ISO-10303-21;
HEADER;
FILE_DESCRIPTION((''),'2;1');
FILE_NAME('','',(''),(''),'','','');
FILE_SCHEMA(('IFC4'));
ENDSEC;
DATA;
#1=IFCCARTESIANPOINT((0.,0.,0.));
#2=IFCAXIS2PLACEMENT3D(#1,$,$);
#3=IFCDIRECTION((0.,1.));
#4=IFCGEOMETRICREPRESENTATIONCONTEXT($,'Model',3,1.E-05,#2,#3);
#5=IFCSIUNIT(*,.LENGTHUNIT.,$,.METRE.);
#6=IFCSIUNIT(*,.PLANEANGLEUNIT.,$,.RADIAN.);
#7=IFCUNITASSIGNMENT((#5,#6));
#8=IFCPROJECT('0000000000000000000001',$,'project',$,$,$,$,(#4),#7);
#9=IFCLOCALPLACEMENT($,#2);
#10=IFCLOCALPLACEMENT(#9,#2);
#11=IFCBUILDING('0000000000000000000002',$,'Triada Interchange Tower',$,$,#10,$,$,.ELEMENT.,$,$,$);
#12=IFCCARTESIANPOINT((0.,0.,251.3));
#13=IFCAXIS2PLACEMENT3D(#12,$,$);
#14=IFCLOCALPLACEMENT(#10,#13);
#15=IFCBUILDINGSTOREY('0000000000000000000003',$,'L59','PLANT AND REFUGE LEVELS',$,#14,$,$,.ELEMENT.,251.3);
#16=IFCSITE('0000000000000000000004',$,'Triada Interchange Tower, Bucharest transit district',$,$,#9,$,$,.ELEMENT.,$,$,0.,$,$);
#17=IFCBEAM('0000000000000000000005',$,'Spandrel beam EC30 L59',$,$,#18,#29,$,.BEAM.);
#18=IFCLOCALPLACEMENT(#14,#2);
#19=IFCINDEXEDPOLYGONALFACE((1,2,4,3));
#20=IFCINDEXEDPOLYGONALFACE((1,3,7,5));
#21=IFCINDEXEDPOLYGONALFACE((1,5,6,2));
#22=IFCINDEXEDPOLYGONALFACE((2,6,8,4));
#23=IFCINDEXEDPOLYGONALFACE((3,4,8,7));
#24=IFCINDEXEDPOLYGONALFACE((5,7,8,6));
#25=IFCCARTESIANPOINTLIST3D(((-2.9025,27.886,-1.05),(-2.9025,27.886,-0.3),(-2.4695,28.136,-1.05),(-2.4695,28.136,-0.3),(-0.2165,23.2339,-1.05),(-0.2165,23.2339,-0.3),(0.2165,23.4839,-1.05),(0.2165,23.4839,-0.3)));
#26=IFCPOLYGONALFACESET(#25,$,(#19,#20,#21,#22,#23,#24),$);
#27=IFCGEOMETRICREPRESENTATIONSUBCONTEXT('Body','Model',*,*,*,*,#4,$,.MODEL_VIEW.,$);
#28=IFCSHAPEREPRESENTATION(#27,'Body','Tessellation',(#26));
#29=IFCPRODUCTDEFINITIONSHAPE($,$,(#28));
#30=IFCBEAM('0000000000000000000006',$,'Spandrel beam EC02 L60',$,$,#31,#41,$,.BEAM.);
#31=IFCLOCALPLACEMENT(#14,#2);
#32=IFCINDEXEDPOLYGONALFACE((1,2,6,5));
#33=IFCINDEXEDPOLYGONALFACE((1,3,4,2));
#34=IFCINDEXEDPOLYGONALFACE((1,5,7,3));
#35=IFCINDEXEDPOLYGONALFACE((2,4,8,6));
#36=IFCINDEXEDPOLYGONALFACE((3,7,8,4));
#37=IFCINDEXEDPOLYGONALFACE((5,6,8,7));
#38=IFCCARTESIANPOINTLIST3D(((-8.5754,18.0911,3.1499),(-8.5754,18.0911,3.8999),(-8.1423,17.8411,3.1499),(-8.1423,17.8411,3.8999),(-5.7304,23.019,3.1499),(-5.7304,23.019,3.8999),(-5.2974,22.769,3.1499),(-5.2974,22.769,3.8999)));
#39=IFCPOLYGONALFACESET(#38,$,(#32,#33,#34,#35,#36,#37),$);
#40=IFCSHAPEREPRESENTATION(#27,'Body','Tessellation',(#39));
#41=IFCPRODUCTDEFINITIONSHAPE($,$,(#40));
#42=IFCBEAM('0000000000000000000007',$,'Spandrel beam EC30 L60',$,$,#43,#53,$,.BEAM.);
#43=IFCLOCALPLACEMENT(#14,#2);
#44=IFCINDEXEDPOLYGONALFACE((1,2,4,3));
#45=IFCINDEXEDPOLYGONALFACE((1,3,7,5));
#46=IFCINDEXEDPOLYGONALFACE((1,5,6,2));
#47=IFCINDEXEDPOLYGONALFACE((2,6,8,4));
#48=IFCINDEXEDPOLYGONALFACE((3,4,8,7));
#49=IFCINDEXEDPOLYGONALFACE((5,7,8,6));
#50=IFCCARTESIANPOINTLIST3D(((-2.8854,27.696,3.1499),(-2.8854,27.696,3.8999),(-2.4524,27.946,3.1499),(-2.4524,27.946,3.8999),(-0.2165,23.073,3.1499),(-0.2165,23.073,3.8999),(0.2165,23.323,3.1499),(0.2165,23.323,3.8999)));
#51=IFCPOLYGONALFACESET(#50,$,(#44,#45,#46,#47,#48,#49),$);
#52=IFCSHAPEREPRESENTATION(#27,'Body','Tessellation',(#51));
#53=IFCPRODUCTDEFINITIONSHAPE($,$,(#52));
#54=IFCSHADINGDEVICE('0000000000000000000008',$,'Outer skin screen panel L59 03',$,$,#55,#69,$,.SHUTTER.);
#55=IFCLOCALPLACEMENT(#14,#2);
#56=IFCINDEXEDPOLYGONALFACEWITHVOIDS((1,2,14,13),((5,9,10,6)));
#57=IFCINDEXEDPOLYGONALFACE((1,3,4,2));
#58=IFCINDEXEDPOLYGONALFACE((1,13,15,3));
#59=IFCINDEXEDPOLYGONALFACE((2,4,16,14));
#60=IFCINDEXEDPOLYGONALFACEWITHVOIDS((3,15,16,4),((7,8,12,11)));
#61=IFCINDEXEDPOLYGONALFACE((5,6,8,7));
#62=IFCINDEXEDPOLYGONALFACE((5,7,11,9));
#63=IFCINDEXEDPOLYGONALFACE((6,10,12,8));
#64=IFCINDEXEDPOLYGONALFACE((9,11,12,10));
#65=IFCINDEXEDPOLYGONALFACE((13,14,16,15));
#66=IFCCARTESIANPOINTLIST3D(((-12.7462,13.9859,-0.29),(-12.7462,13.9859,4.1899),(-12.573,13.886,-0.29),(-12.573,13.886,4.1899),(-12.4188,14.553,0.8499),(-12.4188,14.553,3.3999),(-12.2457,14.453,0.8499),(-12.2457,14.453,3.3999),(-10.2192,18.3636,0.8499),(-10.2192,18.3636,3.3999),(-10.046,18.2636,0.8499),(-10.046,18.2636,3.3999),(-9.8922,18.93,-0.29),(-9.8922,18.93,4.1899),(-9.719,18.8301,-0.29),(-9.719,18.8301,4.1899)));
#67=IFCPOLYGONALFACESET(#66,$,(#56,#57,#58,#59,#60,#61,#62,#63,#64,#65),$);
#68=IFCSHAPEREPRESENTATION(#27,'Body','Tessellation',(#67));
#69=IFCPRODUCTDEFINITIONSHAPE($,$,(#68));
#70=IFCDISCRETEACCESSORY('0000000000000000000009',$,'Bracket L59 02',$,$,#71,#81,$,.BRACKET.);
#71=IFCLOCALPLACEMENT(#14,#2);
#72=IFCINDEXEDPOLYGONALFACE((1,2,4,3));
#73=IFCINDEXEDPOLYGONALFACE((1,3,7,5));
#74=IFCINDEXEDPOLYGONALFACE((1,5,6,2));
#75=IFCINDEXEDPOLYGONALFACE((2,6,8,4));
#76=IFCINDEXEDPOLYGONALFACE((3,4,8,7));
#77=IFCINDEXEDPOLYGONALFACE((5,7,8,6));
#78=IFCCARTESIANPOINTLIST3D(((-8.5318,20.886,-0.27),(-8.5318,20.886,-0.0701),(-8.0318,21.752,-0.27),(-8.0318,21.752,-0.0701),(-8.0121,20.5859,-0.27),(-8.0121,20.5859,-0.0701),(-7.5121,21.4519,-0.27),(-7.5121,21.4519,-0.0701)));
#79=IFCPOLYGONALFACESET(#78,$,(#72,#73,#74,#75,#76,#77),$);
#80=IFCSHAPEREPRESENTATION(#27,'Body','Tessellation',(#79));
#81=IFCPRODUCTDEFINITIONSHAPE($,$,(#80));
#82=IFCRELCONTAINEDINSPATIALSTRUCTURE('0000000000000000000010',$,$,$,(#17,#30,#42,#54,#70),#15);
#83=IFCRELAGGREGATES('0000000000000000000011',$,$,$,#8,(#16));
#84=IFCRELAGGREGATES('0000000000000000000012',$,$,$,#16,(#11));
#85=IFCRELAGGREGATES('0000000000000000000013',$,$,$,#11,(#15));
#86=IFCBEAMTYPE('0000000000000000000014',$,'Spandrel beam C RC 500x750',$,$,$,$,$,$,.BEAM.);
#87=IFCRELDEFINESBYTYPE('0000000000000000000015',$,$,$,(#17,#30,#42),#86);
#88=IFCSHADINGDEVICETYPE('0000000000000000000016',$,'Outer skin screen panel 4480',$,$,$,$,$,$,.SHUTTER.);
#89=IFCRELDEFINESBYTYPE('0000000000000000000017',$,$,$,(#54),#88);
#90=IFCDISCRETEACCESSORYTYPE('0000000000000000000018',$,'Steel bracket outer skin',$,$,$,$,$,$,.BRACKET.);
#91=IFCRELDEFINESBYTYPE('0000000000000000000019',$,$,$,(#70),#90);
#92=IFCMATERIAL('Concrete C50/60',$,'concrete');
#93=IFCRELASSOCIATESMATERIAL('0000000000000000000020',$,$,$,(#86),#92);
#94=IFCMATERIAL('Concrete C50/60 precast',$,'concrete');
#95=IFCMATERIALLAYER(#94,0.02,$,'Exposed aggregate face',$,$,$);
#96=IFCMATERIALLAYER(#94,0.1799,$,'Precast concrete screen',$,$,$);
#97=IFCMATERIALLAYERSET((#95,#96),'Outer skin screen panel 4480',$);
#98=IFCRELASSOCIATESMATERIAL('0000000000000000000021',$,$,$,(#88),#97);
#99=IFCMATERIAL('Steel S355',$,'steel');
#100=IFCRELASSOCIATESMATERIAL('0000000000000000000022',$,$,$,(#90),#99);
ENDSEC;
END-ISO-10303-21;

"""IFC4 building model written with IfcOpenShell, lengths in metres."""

from ifc_helpers import new_model, si_unit, direction, frame, origin, origin_2d, place, context, subcontext, project, spatial, polyline, rectangle, outline, extrude, material, layer, layer_set, material_profile, profile_set, type_object, element, save


model = new_model("IFC4")

# Units and contexts
model_context = context("Model", 3, precision=1e-05, world=origin(), true_north=direction((0.0, 1.0)))
body_context = subcontext(model_context, "Body", "Model", "MODEL_VIEW")
ifc_project = project(units=[si_unit("LENGTHUNIT", "METRE"), si_unit("PLANEANGLEUNIT", "RADIAN")], contexts=[model_context])

# Site, building, storey
site_placement = place(None, origin())
site = spatial("IfcSite", under=ifc_project, at=site_placement, Name="Triada Interchange Tower, Bucharest transit district", CompositionType="ELEMENT", RefElevation=0.0)
building_placement = place(site_placement, origin())
building = spatial("IfcBuilding", under=site, at=building_placement, Name="Triada Interchange Tower", CompositionType="ELEMENT")
storey_placement = place(building_placement, frame((0.0, 0.0, 251.3)))
storey = spatial("IfcBuildingStorey", under=building, at=storey_placement, Name="L59", Description="PLANT AND REFUGE LEVELS", CompositionType="ELEMENT", Elevation=251.3)

# Shared definitions
ifc_material_1 = material(Name="Concrete C50/60", Category="concrete")

# Shared definitions
ifc_material_2 = material(Name="Steel S355", Category="steel")

# Beams
ifc_material_profile_1 = material_profile(ifc_material_1, rectangle(XDim=0.5, YDim=0.75, at=origin_2d()), Name="RC 500x750")
ifc_profile_set_1 = profile_set([ifc_material_profile_1], Name="Concrete C50/60")
beam_type_1 = type_object("IfcBeamType", Name="Spandrel beam C RC 500x750", PredefinedType="BEAM", material=ifc_profile_set_1)
beam_1_placement = place(storey_placement, frame((0.0, 23.3589, -0.675), z_axis=(-0.50002, 0.866014, 0.0), x_axis=(-0.866014, -0.50002, 0.0)))
element("IfcBeam", 1, at=beam_1_placement, inside=storey, type_object=beam_type_1, Name="Spandrel beam EC30 L59", PredefinedType="BEAM", context=body_context, shape_type="SweptSolid", body=[
    extrude(rectangle(XDim=0.5, YDim=0.75, at=origin_2d()), origin(), (0.0, 0.0, 1.0), 5.3718),
])
beam_2_placement = place(storey_placement, frame((-5.5139, 22.894, 3.5249), z_axis=(-0.499974, -0.866041, 0.0), x_axis=(0.866041, -0.499974, 0.0)))
element("IfcBeam", 2, at=beam_2_placement, inside=storey, type_object=beam_type_1, Name="Spandrel beam EC02 L60", PredefinedType="BEAM", context=body_context, shape_type="SweptSolid", body=[
    extrude(rectangle(XDim=0.5, YDim=0.75, at=origin_2d()), origin(), (0.0, 0.0, 1.0), 5.6902),
])
beam_3_placement = place(storey_placement, frame((0.0, 23.198, 3.5249), z_axis=(-0.499976, 0.866039, 0.0), x_axis=(-0.866039, -0.499976, 0.0)))
element("IfcBeam", 3, at=beam_3_placement, inside=storey, type_object=beam_type_1, Name="Spandrel beam EC30 L60", PredefinedType="BEAM", context=body_context, shape_type="SweptSolid", body=[
    extrude(rectangle(XDim=0.5, YDim=0.75, at=origin_2d()), origin(), (0.0, 0.0, 1.0), 5.3381),
])

# Shading device
ifc_material_3 = material(Name="Concrete C50/60 precast", Category="concrete")
ifc_layer_1 = layer(ifc_material_3, 0.02, Name="Exposed aggregate face")
ifc_layer_2 = layer(ifc_material_3, 0.1799, Name="Precast concrete screen")
ifc_layer_set = layer_set([ifc_layer_1, ifc_layer_2], Name="Outer skin screen panel 4480")
shading_device_type = type_object("IfcShadingDeviceType", Name="Outer skin screen panel 4480", PredefinedType="SHUTTER", material=ifc_layer_set)
shading_device_placement = place(storey_placement, frame((-9.719, 18.8301, -0.29), z_axis=(0.0, 0.0, 1.0), x_axis=(-0.499938, -0.866061, 0.0)))
element("IfcShadingDevice", 4, at=shading_device_placement, inside=storey, type_object=shading_device_type, Name="Outer skin screen panel L59 03", PredefinedType="SHUTTER", context=body_context, shape_type="SweptSolid", body=[
    extrude(outline(polyline([(0.0, 0.0), (5.7087, 0.0), (5.7087, 4.48), (0.0, 4.48), (0.0, 0.0)]), holes=[polyline([(0.6541, 1.1399), (0.6541, 3.6899), (5.054, 3.6899), (5.054, 1.1399), (0.6541, 1.1399)])]), frame((0.0, 0.0, 0.0), z_axis=(0.0, -1.0, 0.0), x_axis=(1.0, 0.0, 0.0)), (0.0, 0.0, 1.0), 0.2),
])

# Discrete accessory
discrete_accessory_type = type_object("IfcDiscreteAccessoryType", Name="Steel bracket outer skin", PredefinedType="BRACKET", material=ifc_material_2)
discrete_accessory_placement = place(storey_placement, frame((-8.022, 21.1689, -0.27), z_axis=(0.0, 0.0, 1.0), x_axis=(-0.866024, 0.500002, 0.0)))
element("IfcDiscreteAccessory", 5, at=discrete_accessory_placement, inside=storey, type_object=discrete_accessory_type, Name="Bracket L59 02", PredefinedType="BRACKET", context=body_context, shape_type="SweptSolid", body=[
    extrude(rectangle(XDim=0.6001, YDim=1.0, at=origin_2d()), origin(), (0.0, 0.0, 1.0), 0.2),
])

save(model, "model.ifc")
